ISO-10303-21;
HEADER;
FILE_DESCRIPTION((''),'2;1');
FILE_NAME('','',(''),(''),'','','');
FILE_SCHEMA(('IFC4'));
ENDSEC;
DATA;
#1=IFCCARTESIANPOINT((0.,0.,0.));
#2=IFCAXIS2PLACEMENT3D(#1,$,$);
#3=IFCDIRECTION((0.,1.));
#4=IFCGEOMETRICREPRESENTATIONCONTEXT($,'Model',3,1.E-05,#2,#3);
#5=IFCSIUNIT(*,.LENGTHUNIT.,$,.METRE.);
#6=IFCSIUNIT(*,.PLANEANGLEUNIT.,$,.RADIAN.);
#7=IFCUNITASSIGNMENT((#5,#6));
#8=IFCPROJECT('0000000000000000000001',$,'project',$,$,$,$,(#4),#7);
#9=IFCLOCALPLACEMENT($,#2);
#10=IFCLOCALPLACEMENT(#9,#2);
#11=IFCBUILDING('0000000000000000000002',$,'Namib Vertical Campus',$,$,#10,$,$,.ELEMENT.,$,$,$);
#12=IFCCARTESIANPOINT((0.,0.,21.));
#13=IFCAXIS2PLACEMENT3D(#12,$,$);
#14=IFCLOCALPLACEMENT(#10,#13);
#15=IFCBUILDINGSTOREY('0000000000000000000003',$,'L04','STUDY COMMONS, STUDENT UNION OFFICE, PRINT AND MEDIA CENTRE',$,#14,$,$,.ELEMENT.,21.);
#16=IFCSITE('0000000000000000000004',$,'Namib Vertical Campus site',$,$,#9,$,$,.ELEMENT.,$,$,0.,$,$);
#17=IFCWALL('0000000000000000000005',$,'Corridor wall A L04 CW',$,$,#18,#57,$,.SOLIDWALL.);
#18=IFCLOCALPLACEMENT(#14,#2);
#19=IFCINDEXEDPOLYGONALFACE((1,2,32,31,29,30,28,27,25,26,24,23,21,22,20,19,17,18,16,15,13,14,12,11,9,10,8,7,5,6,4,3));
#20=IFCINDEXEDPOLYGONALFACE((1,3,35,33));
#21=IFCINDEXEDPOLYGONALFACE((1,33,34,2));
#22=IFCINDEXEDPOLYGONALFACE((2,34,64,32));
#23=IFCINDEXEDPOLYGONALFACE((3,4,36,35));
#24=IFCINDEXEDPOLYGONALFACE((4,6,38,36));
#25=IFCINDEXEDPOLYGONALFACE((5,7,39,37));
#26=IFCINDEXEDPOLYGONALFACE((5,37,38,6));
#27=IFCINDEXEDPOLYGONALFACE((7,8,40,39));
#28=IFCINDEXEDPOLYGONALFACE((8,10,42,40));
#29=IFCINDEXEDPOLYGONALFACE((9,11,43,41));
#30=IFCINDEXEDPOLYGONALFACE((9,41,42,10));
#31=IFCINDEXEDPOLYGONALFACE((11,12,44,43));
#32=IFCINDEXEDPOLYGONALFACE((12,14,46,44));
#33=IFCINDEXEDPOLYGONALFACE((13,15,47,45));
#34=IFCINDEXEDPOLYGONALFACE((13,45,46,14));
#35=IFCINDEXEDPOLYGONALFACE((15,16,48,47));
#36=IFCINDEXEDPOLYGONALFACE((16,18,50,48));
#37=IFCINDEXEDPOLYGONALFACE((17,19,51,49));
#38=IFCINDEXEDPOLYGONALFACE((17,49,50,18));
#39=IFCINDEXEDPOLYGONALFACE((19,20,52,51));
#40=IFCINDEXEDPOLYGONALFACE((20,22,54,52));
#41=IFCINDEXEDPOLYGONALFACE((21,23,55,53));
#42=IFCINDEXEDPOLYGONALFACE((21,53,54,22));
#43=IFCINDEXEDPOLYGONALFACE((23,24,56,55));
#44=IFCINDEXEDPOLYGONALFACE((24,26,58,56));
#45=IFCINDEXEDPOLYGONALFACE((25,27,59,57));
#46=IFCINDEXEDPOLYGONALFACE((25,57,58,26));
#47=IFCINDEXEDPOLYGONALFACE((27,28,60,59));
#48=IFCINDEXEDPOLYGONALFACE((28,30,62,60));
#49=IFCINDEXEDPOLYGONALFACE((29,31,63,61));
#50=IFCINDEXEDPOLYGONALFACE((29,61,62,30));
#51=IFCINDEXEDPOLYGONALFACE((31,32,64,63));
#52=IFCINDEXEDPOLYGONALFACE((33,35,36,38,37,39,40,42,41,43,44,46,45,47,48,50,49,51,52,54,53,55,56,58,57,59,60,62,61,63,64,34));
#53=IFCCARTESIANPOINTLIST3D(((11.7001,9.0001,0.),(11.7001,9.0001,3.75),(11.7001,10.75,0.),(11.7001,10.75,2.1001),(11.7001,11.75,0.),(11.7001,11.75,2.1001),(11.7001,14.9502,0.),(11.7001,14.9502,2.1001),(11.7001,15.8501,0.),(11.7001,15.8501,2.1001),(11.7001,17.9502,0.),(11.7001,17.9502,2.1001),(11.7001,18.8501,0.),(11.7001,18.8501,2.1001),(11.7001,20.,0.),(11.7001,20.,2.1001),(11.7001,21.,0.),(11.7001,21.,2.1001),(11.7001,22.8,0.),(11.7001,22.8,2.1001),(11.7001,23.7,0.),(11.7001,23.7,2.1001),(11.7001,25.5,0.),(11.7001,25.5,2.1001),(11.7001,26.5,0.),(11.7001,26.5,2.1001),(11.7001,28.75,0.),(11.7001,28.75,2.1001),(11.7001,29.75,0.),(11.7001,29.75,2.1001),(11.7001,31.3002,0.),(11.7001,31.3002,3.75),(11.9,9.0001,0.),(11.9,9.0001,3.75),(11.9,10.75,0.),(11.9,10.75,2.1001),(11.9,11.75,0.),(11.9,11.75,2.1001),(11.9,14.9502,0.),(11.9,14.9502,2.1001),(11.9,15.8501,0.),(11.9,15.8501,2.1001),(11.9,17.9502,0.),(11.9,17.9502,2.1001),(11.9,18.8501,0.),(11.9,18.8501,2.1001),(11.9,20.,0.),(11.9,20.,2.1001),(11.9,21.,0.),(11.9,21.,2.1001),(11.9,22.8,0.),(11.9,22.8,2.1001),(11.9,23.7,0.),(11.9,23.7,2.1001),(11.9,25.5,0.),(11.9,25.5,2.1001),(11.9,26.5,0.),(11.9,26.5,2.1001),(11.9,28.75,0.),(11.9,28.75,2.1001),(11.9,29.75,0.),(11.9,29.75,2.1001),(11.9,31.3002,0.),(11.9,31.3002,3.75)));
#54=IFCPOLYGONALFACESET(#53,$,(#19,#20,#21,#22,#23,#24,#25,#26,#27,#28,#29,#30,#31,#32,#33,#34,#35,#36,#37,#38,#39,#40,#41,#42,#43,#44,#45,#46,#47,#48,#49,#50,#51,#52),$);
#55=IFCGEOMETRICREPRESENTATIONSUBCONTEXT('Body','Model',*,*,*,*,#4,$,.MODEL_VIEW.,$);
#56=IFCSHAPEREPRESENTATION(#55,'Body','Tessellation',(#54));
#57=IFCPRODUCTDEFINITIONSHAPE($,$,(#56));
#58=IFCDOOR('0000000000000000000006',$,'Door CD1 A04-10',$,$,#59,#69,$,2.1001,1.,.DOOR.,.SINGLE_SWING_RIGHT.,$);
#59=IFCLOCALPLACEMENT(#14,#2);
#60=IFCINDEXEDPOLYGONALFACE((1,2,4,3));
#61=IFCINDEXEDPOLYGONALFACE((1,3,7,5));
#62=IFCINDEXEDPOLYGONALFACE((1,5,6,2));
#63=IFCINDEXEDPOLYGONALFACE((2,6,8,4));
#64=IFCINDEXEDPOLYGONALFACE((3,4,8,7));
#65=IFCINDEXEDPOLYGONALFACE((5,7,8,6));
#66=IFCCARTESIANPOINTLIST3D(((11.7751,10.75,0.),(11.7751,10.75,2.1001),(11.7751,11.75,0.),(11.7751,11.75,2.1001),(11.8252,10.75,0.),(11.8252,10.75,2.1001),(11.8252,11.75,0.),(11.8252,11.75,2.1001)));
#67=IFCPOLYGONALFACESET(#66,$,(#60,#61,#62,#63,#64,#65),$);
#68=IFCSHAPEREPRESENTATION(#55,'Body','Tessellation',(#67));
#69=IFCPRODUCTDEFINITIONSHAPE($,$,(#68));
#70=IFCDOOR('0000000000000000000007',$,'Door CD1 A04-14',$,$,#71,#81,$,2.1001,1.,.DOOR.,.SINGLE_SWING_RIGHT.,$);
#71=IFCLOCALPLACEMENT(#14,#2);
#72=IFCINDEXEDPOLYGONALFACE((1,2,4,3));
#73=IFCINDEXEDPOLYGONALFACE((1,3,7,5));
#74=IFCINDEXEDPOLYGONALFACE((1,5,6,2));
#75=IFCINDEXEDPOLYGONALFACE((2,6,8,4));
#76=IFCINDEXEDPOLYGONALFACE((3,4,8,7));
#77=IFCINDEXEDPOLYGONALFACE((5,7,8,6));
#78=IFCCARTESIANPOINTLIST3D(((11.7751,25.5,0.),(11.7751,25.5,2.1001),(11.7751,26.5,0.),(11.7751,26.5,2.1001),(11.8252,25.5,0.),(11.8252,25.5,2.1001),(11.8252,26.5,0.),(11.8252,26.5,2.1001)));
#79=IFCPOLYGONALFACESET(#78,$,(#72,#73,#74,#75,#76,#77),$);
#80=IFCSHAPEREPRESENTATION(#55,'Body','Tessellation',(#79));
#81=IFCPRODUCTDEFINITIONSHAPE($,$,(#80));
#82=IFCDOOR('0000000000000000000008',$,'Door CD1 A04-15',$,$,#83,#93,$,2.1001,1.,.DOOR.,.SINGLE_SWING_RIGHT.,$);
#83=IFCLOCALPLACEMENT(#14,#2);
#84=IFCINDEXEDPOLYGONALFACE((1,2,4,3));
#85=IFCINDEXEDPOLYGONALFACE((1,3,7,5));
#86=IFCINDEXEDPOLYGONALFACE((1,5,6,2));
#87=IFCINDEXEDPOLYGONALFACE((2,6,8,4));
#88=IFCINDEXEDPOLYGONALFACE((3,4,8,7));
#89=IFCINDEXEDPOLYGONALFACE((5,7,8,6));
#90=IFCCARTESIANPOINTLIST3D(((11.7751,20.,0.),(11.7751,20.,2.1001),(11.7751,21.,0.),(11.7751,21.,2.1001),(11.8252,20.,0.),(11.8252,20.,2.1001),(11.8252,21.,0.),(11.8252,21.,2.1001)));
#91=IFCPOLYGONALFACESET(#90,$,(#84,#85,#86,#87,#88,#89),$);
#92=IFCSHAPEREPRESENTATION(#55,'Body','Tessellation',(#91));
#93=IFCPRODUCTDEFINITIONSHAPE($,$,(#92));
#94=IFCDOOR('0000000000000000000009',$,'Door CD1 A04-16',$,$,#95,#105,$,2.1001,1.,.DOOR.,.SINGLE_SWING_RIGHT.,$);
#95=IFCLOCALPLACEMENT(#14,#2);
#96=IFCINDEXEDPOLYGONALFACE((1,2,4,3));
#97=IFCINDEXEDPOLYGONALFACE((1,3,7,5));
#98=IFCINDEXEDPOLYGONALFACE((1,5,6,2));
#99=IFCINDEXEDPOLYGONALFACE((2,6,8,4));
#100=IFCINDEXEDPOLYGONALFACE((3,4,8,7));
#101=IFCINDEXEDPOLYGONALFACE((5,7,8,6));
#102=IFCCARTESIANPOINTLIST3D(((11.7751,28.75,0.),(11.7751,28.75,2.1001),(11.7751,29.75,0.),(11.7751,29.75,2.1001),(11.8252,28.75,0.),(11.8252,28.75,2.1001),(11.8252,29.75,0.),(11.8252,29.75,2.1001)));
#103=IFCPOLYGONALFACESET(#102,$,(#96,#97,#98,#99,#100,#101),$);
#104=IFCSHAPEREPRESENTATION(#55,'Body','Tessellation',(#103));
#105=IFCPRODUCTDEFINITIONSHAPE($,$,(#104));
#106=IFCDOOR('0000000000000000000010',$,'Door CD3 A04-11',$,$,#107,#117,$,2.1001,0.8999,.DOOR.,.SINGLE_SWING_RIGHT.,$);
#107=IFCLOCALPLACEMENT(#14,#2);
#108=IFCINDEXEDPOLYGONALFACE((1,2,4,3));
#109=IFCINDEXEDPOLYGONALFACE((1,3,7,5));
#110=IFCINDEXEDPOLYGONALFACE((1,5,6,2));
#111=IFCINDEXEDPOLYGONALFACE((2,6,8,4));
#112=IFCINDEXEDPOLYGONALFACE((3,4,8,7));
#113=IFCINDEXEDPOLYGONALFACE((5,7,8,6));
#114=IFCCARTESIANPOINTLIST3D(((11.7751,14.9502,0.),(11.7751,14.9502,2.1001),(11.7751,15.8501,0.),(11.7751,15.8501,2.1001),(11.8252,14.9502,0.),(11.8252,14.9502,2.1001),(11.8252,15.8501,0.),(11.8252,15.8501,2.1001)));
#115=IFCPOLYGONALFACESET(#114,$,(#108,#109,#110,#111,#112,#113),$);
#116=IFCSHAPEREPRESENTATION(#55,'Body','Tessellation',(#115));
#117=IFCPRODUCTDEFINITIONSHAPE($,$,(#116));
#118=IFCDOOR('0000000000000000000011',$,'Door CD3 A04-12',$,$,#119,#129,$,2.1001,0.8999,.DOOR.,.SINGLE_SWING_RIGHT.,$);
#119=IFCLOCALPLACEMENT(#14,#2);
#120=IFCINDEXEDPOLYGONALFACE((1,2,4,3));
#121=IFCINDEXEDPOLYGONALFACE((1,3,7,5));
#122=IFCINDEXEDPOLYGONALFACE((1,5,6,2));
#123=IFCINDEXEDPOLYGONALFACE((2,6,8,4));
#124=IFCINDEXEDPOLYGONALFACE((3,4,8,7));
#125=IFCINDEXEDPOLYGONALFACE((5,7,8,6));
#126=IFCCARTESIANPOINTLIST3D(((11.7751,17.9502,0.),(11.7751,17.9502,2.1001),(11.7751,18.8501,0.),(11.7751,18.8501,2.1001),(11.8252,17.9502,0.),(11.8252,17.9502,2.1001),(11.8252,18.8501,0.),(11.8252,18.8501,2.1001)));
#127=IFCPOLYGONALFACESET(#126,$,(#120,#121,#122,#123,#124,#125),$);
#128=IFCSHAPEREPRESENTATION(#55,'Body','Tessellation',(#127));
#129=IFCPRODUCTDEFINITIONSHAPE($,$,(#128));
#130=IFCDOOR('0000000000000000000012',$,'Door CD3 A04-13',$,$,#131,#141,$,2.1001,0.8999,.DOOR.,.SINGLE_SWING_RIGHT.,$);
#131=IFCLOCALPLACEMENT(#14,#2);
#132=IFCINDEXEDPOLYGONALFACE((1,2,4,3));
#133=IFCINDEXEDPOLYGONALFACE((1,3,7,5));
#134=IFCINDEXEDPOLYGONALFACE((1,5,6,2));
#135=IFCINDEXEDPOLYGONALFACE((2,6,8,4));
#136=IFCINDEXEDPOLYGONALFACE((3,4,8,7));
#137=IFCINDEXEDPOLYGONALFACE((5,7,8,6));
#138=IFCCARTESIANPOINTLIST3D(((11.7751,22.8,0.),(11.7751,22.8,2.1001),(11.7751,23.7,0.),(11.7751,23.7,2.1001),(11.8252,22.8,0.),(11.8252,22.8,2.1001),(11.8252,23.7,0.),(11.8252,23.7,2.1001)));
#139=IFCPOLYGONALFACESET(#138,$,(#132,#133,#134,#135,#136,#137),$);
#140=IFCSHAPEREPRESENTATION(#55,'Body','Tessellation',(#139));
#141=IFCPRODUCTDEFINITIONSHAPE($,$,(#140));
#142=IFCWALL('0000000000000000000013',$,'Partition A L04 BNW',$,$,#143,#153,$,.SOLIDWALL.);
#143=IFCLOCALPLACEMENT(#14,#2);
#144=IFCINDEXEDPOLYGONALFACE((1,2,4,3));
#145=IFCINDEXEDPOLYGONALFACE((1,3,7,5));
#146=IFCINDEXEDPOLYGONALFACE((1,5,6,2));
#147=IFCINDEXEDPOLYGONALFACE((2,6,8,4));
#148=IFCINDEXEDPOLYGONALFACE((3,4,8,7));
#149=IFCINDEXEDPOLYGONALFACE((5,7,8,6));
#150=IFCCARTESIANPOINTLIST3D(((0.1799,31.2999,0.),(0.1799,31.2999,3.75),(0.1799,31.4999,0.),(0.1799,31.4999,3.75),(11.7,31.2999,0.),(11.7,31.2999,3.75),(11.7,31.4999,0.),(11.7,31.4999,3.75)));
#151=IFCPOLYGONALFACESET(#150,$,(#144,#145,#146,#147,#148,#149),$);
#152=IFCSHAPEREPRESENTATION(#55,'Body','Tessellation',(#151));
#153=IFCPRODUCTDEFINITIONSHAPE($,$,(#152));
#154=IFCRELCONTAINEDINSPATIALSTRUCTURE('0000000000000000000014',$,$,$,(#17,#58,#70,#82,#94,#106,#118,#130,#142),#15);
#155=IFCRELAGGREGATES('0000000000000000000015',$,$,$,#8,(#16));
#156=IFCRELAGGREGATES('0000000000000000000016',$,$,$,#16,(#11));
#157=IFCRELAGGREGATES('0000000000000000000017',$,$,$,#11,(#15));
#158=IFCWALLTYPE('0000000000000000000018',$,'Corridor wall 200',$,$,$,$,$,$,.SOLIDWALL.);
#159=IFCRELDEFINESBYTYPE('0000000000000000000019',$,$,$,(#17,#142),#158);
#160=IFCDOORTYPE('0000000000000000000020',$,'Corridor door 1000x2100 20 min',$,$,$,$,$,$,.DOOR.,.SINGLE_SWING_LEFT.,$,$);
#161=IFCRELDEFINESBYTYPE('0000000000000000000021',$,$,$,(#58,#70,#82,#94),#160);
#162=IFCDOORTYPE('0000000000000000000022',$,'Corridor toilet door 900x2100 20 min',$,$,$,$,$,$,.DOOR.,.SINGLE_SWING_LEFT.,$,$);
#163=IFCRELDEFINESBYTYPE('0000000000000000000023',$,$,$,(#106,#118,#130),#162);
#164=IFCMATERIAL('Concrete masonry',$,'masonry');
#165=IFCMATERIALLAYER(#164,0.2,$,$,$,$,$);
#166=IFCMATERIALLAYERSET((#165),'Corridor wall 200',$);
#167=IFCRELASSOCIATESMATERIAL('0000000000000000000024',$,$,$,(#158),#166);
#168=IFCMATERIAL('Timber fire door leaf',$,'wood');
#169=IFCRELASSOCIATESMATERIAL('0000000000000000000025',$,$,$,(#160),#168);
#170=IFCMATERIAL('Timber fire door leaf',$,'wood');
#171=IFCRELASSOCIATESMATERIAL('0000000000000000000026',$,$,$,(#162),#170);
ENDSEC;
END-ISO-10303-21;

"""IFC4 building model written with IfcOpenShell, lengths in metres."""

from ifc_helpers import new_model, si_unit, direction, frame, frame_2d, origin, place, context, subcontext, project, spatial, rectangle, extrude, material, layer, layer_set, type_object, element, fill, save


model = new_model("IFC4")

# Units and contexts
model_context = context("Model", 3, precision=1e-05, world=origin(), true_north=direction((0.0, 1.0)))
body_context = subcontext(model_context, "Body", "Model", "MODEL_VIEW")
ifc_project = project(units=[si_unit("LENGTHUNIT", "METRE"), si_unit("PLANEANGLEUNIT", "RADIAN")], contexts=[model_context])

# Site, building, storey
site_placement = place(None, origin())
site = spatial("IfcSite", under=ifc_project, at=site_placement, Name="Namib Vertical Campus site", CompositionType="ELEMENT", RefElevation=0.0)
building_placement = place(site_placement, origin())
building = spatial("IfcBuilding", under=site, at=building_placement, Name="Namib Vertical Campus", CompositionType="ELEMENT")
storey_placement = place(building_placement, frame((0.0, 0.0, 21.0)))
storey = spatial("IfcBuildingStorey", under=building, at=storey_placement, Name="L04", Description="STUDY COMMONS, STUDENT UNION OFFICE, PRINT AND MEDIA CENTRE", CompositionType="ELEMENT", Elevation=21.0)

# Wall, openings, doors
ifc_material_1 = material(Name="Concrete masonry", Category="masonry")
ifc_layer_1 = layer(ifc_material_1, 0.2)
ifc_layer_set_1 = layer_set([ifc_layer_1], Name="Corridor wall 200")
wall_type_1 = type_object("IfcWallType", Name="Corridor wall 200", PredefinedType="SOLIDWALL", material=ifc_layer_set_1)
wall_1_placement = place(storey_placement, frame((11.8, 31.3, 0.0), z_axis=(0.0, 0.0, 1.0), x_axis=(0.0, -1.0, 0.0)))
wall_1 = element("IfcWall", 1, at=wall_1_placement, inside=storey, type_object=wall_type_1, Name="Corridor wall A L04 CW", PredefinedType="SOLIDWALL", context=body_context, shape_type="SweptSolid", body=[
    extrude(rectangle(XDim=22.3, YDim=0.2, at=frame_2d((11.1499, 0.0))), origin(), (0.0, 0.0, 1.0), 3.75),
])
opening_1_placement = place(wall_1_placement, frame((19.55, 0.0, 0.0)))
opening_1 = element("IfcOpeningElement", 2, at=opening_1_placement, cuts=wall_1, PredefinedType="OPENING", context=body_context, shape_type="SweptSolid", body=[
    extrude(rectangle(XDim=1.0, YDim=2.1001, at=frame_2d((0.5, 1.05))), frame((0.0, 0.1099, 0.0), z_axis=(0.0, -1.0, 0.0), x_axis=(1.0, 0.0, 0.0)), (0.0, 0.0, 1.0), 0.22),
])
opening_2_placement = place(wall_1_placement, frame((15.45, 0.0, 0.0)))
opening_2 = element("IfcOpeningElement", 3, at=opening_2_placement, cuts=wall_1, PredefinedType="OPENING", context=body_context, shape_type="SweptSolid", body=[
    extrude(rectangle(XDim=0.8999, YDim=2.1001, at=frame_2d((0.45, 1.05))), frame((0.0, 0.1099, 0.0), z_axis=(0.0, -1.0, 0.0), x_axis=(1.0, 0.0, 0.0)), (0.0, 0.0, 1.0), 0.22),
])
opening_3_placement = place(wall_1_placement, frame((12.45, 0.0, 0.0)))
opening_3 = element("IfcOpeningElement", 4, at=opening_3_placement, cuts=wall_1, PredefinedType="OPENING", context=body_context, shape_type="SweptSolid", body=[
    extrude(rectangle(XDim=0.8999, YDim=2.1001, at=frame_2d((0.45, 1.05))), frame((0.0, 0.1099, 0.0), z_axis=(0.0, -1.0, 0.0), x_axis=(1.0, 0.0, 0.0)), (0.0, 0.0, 1.0), 0.22),
])
opening_4_placement = place(wall_1_placement, frame((7.6001, 0.0, 0.0)))
opening_4 = element("IfcOpeningElement", 5, at=opening_4_placement, cuts=wall_1, PredefinedType="OPENING", context=body_context, shape_type="SweptSolid", body=[
    extrude(rectangle(XDim=0.8999, YDim=2.1001, at=frame_2d((0.45, 1.05))), frame((0.0, 0.1099, 0.0), z_axis=(0.0, -1.0, 0.0), x_axis=(1.0, 0.0, 0.0)), (0.0, 0.0, 1.0), 0.22),
])
opening_5_placement = place(wall_1_placement, frame((4.8, 0.0, 0.0)))
opening_5 = element("IfcOpeningElement", 6, at=opening_5_placement, cuts=wall_1, PredefinedType="OPENING", context=body_context, shape_type="SweptSolid", body=[
    extrude(rectangle(XDim=1.0, YDim=2.1001, at=frame_2d((0.5, 1.05))), frame((0.0, 0.1099, 0.0), z_axis=(0.0, -1.0, 0.0), x_axis=(1.0, 0.0, 0.0)), (0.0, 0.0, 1.0), 0.22),
])
opening_6_placement = place(wall_1_placement, frame((10.3, 0.0, 0.0)))
opening_6 = element("IfcOpeningElement", 7, at=opening_6_placement, cuts=wall_1, PredefinedType="OPENING", context=body_context, shape_type="SweptSolid", body=[
    extrude(rectangle(XDim=1.0, YDim=2.1001, at=frame_2d((0.5, 1.05))), frame((0.0, 0.1099, 0.0), z_axis=(0.0, -1.0, 0.0), x_axis=(1.0, 0.0, 0.0)), (0.0, 0.0, 1.0), 0.22),
])
opening_7_placement = place(wall_1_placement, frame((1.55, 0.0, 0.0)))
opening_7 = element("IfcOpeningElement", 8, at=opening_7_placement, cuts=wall_1, PredefinedType="OPENING", context=body_context, shape_type="SweptSolid", body=[
    extrude(rectangle(XDim=1.0, YDim=2.1001, at=frame_2d((0.5, 1.05))), frame((0.0, 0.1099, 0.0), z_axis=(0.0, -1.0, 0.0), x_axis=(1.0, 0.0, 0.0)), (0.0, 0.0, 1.0), 0.22),
])
ifc_material_2 = material(Name="Timber fire door leaf", Category="wood")
door_type_1 = type_object("IfcDoorType", Name="Corridor door 1000x2100 20 min", OperationType="SINGLE_SWING_LEFT", PredefinedType="DOOR", material=ifc_material_2)
door_1_placement = place(opening_1_placement, frame((1.0, 0.0, 0.0), z_axis=(0.0, 0.0, 1.0), x_axis=(-1.0, 0.0, 0.0)))
door_1 = element("IfcDoor", 9, at=door_1_placement, inside=storey, type_object=door_type_1, Name="Door CD1 A04-10", OperationType="SINGLE_SWING_RIGHT", OverallHeight=2.1001, OverallWidth=1.0, PredefinedType="DOOR", context=body_context, shape_type="SweptSolid", body=[
    extrude(rectangle(XDim=1.0, YDim=2.1001, at=frame_2d((0.5, 1.05))), frame((0.0, 0.0249, 0.0), z_axis=(0.0, -1.0, 0.0), x_axis=(1.0, 0.0, 0.0)), (0.0, 0.0, 1.0), 0.05),
])
fill(opening_1, door_1)
door_2_placement = place(opening_5_placement, frame((1.0, 0.0, 0.0), z_axis=(0.0, 0.0, 1.0), x_axis=(-1.0, 0.0, 0.0)))
door_2 = element("IfcDoor", 10, at=door_2_placement, inside=storey, type_object=door_type_1, Name="Door CD1 A04-14", OperationType="SINGLE_SWING_RIGHT", OverallHeight=2.1001, OverallWidth=1.0, PredefinedType="DOOR", context=body_context, shape_type="SweptSolid", body=[
    extrude(rectangle(XDim=1.0, YDim=2.1001, at=frame_2d((0.5, 1.05))), frame((0.0, 0.0249, 0.0), z_axis=(0.0, -1.0, 0.0), x_axis=(1.0, 0.0, 0.0)), (0.0, 0.0, 1.0), 0.05),
])
fill(opening_5, door_2)
door_3_placement = place(opening_6_placement, frame((1.0, 0.0, 0.0), z_axis=(0.0, 0.0, 1.0), x_axis=(-1.0, 0.0, 0.0)))
door_3 = element("IfcDoor", 11, at=door_3_placement, inside=storey, type_object=door_type_1, Name="Door CD1 A04-15", OperationType="SINGLE_SWING_RIGHT", OverallHeight=2.1001, OverallWidth=1.0, PredefinedType="DOOR", context=body_context, shape_type="SweptSolid", body=[
    extrude(rectangle(XDim=1.0, YDim=2.1001, at=frame_2d((0.5, 1.05))), frame((0.0, 0.0249, 0.0), z_axis=(0.0, -1.0, 0.0), x_axis=(1.0, 0.0, 0.0)), (0.0, 0.0, 1.0), 0.05),
])
fill(opening_6, door_3)
door_4_placement = place(opening_7_placement, frame((1.0, 0.0, 0.0), z_axis=(0.0, 0.0, 1.0), x_axis=(-1.0, 0.0, 0.0)))
door_4 = element("IfcDoor", 12, at=door_4_placement, inside=storey, type_object=door_type_1, Name="Door CD1 A04-16", OperationType="SINGLE_SWING_RIGHT", OverallHeight=2.1001, OverallWidth=1.0, PredefinedType="DOOR", context=body_context, shape_type="SweptSolid", body=[
    extrude(rectangle(XDim=1.0, YDim=2.1001, at=frame_2d((0.5, 1.05))), frame((0.0, 0.0249, 0.0), z_axis=(0.0, -1.0, 0.0), x_axis=(1.0, 0.0, 0.0)), (0.0, 0.0, 1.0), 0.05),
])
fill(opening_7, door_4)
ifc_material_3 = material(Name="Timber fire door leaf", Category="wood")
door_type_2 = type_object("IfcDoorType", Name="Corridor toilet door 900x2100 20 min", OperationType="SINGLE_SWING_LEFT", PredefinedType="DOOR", material=ifc_material_3)
door_5_placement = place(opening_2_placement, frame((0.8999, 0.0, 0.0), z_axis=(0.0, 0.0, 1.0), x_axis=(-1.0, 0.0, 0.0)))
door_5 = element("IfcDoor", 13, at=door_5_placement, inside=storey, type_object=door_type_2, Name="Door CD3 A04-11", OperationType="SINGLE_SWING_RIGHT", OverallHeight=2.1001, OverallWidth=0.8999, PredefinedType="DOOR", context=body_context, shape_type="SweptSolid", body=[
    extrude(rectangle(XDim=0.8999, YDim=2.1001, at=frame_2d((0.45, 1.05))), frame((0.0, 0.0249, 0.0), z_axis=(0.0, -1.0, 0.0), x_axis=(1.0, 0.0, 0.0)), (0.0, 0.0, 1.0), 0.05),
])
fill(opening_2, door_5)
door_6_placement = place(opening_3_placement, frame((0.8999, 0.0, 0.0), z_axis=(0.0, 0.0, 1.0), x_axis=(-1.0, 0.0, 0.0)))
door_6 = element("IfcDoor", 14, at=door_6_placement, inside=storey, type_object=door_type_2, Name="Door CD3 A04-12", OperationType="SINGLE_SWING_RIGHT", OverallHeight=2.1001, OverallWidth=0.8999, PredefinedType="DOOR", context=body_context, shape_type="SweptSolid", body=[
    extrude(rectangle(XDim=0.8999, YDim=2.1001, at=frame_2d((0.45, 1.05))), frame((0.0, 0.0249, 0.0), z_axis=(0.0, -1.0, 0.0), x_axis=(1.0, 0.0, 0.0)), (0.0, 0.0, 1.0), 0.05),
])
fill(opening_3, door_6)
door_7_placement = place(opening_4_placement, frame((0.8999, 0.0, 0.0), z_axis=(0.0, 0.0, 1.0), x_axis=(-1.0, 0.0, 0.0)))
door_7 = element("IfcDoor", 15, at=door_7_placement, inside=storey, type_object=door_type_2, Name="Door CD3 A04-13", OperationType="SINGLE_SWING_RIGHT", OverallHeight=2.1001, OverallWidth=0.8999, PredefinedType="DOOR", context=body_context, shape_type="SweptSolid", body=[
    extrude(rectangle(XDim=0.8999, YDim=2.1001, at=frame_2d((0.45, 1.05))), frame((0.0, 0.0249, 0.0), z_axis=(0.0, -1.0, 0.0), x_axis=(1.0, 0.0, 0.0)), (0.0, 0.0, 1.0), 0.05),
])
fill(opening_4, door_7)

# Wall
wall_2_placement = place(storey_placement, frame((0.1799, 31.3999, 0.0), z_axis=(0.0, 0.0, 1.0), x_axis=(1.0, 0.0, 0.0)))
element("IfcWall", 16, at=wall_2_placement, inside=storey, type_object=wall_type_1, Name="Partition A L04 BNW", PredefinedType="SOLIDWALL", context=body_context, shape_type="SweptSolid", body=[
    extrude(rectangle(XDim=11.52, YDim=0.2, at=frame_2d((5.76, 0.0))), origin(), (0.0, 0.0, 1.0), 3.75),
])

save(model, "model.ifc")
